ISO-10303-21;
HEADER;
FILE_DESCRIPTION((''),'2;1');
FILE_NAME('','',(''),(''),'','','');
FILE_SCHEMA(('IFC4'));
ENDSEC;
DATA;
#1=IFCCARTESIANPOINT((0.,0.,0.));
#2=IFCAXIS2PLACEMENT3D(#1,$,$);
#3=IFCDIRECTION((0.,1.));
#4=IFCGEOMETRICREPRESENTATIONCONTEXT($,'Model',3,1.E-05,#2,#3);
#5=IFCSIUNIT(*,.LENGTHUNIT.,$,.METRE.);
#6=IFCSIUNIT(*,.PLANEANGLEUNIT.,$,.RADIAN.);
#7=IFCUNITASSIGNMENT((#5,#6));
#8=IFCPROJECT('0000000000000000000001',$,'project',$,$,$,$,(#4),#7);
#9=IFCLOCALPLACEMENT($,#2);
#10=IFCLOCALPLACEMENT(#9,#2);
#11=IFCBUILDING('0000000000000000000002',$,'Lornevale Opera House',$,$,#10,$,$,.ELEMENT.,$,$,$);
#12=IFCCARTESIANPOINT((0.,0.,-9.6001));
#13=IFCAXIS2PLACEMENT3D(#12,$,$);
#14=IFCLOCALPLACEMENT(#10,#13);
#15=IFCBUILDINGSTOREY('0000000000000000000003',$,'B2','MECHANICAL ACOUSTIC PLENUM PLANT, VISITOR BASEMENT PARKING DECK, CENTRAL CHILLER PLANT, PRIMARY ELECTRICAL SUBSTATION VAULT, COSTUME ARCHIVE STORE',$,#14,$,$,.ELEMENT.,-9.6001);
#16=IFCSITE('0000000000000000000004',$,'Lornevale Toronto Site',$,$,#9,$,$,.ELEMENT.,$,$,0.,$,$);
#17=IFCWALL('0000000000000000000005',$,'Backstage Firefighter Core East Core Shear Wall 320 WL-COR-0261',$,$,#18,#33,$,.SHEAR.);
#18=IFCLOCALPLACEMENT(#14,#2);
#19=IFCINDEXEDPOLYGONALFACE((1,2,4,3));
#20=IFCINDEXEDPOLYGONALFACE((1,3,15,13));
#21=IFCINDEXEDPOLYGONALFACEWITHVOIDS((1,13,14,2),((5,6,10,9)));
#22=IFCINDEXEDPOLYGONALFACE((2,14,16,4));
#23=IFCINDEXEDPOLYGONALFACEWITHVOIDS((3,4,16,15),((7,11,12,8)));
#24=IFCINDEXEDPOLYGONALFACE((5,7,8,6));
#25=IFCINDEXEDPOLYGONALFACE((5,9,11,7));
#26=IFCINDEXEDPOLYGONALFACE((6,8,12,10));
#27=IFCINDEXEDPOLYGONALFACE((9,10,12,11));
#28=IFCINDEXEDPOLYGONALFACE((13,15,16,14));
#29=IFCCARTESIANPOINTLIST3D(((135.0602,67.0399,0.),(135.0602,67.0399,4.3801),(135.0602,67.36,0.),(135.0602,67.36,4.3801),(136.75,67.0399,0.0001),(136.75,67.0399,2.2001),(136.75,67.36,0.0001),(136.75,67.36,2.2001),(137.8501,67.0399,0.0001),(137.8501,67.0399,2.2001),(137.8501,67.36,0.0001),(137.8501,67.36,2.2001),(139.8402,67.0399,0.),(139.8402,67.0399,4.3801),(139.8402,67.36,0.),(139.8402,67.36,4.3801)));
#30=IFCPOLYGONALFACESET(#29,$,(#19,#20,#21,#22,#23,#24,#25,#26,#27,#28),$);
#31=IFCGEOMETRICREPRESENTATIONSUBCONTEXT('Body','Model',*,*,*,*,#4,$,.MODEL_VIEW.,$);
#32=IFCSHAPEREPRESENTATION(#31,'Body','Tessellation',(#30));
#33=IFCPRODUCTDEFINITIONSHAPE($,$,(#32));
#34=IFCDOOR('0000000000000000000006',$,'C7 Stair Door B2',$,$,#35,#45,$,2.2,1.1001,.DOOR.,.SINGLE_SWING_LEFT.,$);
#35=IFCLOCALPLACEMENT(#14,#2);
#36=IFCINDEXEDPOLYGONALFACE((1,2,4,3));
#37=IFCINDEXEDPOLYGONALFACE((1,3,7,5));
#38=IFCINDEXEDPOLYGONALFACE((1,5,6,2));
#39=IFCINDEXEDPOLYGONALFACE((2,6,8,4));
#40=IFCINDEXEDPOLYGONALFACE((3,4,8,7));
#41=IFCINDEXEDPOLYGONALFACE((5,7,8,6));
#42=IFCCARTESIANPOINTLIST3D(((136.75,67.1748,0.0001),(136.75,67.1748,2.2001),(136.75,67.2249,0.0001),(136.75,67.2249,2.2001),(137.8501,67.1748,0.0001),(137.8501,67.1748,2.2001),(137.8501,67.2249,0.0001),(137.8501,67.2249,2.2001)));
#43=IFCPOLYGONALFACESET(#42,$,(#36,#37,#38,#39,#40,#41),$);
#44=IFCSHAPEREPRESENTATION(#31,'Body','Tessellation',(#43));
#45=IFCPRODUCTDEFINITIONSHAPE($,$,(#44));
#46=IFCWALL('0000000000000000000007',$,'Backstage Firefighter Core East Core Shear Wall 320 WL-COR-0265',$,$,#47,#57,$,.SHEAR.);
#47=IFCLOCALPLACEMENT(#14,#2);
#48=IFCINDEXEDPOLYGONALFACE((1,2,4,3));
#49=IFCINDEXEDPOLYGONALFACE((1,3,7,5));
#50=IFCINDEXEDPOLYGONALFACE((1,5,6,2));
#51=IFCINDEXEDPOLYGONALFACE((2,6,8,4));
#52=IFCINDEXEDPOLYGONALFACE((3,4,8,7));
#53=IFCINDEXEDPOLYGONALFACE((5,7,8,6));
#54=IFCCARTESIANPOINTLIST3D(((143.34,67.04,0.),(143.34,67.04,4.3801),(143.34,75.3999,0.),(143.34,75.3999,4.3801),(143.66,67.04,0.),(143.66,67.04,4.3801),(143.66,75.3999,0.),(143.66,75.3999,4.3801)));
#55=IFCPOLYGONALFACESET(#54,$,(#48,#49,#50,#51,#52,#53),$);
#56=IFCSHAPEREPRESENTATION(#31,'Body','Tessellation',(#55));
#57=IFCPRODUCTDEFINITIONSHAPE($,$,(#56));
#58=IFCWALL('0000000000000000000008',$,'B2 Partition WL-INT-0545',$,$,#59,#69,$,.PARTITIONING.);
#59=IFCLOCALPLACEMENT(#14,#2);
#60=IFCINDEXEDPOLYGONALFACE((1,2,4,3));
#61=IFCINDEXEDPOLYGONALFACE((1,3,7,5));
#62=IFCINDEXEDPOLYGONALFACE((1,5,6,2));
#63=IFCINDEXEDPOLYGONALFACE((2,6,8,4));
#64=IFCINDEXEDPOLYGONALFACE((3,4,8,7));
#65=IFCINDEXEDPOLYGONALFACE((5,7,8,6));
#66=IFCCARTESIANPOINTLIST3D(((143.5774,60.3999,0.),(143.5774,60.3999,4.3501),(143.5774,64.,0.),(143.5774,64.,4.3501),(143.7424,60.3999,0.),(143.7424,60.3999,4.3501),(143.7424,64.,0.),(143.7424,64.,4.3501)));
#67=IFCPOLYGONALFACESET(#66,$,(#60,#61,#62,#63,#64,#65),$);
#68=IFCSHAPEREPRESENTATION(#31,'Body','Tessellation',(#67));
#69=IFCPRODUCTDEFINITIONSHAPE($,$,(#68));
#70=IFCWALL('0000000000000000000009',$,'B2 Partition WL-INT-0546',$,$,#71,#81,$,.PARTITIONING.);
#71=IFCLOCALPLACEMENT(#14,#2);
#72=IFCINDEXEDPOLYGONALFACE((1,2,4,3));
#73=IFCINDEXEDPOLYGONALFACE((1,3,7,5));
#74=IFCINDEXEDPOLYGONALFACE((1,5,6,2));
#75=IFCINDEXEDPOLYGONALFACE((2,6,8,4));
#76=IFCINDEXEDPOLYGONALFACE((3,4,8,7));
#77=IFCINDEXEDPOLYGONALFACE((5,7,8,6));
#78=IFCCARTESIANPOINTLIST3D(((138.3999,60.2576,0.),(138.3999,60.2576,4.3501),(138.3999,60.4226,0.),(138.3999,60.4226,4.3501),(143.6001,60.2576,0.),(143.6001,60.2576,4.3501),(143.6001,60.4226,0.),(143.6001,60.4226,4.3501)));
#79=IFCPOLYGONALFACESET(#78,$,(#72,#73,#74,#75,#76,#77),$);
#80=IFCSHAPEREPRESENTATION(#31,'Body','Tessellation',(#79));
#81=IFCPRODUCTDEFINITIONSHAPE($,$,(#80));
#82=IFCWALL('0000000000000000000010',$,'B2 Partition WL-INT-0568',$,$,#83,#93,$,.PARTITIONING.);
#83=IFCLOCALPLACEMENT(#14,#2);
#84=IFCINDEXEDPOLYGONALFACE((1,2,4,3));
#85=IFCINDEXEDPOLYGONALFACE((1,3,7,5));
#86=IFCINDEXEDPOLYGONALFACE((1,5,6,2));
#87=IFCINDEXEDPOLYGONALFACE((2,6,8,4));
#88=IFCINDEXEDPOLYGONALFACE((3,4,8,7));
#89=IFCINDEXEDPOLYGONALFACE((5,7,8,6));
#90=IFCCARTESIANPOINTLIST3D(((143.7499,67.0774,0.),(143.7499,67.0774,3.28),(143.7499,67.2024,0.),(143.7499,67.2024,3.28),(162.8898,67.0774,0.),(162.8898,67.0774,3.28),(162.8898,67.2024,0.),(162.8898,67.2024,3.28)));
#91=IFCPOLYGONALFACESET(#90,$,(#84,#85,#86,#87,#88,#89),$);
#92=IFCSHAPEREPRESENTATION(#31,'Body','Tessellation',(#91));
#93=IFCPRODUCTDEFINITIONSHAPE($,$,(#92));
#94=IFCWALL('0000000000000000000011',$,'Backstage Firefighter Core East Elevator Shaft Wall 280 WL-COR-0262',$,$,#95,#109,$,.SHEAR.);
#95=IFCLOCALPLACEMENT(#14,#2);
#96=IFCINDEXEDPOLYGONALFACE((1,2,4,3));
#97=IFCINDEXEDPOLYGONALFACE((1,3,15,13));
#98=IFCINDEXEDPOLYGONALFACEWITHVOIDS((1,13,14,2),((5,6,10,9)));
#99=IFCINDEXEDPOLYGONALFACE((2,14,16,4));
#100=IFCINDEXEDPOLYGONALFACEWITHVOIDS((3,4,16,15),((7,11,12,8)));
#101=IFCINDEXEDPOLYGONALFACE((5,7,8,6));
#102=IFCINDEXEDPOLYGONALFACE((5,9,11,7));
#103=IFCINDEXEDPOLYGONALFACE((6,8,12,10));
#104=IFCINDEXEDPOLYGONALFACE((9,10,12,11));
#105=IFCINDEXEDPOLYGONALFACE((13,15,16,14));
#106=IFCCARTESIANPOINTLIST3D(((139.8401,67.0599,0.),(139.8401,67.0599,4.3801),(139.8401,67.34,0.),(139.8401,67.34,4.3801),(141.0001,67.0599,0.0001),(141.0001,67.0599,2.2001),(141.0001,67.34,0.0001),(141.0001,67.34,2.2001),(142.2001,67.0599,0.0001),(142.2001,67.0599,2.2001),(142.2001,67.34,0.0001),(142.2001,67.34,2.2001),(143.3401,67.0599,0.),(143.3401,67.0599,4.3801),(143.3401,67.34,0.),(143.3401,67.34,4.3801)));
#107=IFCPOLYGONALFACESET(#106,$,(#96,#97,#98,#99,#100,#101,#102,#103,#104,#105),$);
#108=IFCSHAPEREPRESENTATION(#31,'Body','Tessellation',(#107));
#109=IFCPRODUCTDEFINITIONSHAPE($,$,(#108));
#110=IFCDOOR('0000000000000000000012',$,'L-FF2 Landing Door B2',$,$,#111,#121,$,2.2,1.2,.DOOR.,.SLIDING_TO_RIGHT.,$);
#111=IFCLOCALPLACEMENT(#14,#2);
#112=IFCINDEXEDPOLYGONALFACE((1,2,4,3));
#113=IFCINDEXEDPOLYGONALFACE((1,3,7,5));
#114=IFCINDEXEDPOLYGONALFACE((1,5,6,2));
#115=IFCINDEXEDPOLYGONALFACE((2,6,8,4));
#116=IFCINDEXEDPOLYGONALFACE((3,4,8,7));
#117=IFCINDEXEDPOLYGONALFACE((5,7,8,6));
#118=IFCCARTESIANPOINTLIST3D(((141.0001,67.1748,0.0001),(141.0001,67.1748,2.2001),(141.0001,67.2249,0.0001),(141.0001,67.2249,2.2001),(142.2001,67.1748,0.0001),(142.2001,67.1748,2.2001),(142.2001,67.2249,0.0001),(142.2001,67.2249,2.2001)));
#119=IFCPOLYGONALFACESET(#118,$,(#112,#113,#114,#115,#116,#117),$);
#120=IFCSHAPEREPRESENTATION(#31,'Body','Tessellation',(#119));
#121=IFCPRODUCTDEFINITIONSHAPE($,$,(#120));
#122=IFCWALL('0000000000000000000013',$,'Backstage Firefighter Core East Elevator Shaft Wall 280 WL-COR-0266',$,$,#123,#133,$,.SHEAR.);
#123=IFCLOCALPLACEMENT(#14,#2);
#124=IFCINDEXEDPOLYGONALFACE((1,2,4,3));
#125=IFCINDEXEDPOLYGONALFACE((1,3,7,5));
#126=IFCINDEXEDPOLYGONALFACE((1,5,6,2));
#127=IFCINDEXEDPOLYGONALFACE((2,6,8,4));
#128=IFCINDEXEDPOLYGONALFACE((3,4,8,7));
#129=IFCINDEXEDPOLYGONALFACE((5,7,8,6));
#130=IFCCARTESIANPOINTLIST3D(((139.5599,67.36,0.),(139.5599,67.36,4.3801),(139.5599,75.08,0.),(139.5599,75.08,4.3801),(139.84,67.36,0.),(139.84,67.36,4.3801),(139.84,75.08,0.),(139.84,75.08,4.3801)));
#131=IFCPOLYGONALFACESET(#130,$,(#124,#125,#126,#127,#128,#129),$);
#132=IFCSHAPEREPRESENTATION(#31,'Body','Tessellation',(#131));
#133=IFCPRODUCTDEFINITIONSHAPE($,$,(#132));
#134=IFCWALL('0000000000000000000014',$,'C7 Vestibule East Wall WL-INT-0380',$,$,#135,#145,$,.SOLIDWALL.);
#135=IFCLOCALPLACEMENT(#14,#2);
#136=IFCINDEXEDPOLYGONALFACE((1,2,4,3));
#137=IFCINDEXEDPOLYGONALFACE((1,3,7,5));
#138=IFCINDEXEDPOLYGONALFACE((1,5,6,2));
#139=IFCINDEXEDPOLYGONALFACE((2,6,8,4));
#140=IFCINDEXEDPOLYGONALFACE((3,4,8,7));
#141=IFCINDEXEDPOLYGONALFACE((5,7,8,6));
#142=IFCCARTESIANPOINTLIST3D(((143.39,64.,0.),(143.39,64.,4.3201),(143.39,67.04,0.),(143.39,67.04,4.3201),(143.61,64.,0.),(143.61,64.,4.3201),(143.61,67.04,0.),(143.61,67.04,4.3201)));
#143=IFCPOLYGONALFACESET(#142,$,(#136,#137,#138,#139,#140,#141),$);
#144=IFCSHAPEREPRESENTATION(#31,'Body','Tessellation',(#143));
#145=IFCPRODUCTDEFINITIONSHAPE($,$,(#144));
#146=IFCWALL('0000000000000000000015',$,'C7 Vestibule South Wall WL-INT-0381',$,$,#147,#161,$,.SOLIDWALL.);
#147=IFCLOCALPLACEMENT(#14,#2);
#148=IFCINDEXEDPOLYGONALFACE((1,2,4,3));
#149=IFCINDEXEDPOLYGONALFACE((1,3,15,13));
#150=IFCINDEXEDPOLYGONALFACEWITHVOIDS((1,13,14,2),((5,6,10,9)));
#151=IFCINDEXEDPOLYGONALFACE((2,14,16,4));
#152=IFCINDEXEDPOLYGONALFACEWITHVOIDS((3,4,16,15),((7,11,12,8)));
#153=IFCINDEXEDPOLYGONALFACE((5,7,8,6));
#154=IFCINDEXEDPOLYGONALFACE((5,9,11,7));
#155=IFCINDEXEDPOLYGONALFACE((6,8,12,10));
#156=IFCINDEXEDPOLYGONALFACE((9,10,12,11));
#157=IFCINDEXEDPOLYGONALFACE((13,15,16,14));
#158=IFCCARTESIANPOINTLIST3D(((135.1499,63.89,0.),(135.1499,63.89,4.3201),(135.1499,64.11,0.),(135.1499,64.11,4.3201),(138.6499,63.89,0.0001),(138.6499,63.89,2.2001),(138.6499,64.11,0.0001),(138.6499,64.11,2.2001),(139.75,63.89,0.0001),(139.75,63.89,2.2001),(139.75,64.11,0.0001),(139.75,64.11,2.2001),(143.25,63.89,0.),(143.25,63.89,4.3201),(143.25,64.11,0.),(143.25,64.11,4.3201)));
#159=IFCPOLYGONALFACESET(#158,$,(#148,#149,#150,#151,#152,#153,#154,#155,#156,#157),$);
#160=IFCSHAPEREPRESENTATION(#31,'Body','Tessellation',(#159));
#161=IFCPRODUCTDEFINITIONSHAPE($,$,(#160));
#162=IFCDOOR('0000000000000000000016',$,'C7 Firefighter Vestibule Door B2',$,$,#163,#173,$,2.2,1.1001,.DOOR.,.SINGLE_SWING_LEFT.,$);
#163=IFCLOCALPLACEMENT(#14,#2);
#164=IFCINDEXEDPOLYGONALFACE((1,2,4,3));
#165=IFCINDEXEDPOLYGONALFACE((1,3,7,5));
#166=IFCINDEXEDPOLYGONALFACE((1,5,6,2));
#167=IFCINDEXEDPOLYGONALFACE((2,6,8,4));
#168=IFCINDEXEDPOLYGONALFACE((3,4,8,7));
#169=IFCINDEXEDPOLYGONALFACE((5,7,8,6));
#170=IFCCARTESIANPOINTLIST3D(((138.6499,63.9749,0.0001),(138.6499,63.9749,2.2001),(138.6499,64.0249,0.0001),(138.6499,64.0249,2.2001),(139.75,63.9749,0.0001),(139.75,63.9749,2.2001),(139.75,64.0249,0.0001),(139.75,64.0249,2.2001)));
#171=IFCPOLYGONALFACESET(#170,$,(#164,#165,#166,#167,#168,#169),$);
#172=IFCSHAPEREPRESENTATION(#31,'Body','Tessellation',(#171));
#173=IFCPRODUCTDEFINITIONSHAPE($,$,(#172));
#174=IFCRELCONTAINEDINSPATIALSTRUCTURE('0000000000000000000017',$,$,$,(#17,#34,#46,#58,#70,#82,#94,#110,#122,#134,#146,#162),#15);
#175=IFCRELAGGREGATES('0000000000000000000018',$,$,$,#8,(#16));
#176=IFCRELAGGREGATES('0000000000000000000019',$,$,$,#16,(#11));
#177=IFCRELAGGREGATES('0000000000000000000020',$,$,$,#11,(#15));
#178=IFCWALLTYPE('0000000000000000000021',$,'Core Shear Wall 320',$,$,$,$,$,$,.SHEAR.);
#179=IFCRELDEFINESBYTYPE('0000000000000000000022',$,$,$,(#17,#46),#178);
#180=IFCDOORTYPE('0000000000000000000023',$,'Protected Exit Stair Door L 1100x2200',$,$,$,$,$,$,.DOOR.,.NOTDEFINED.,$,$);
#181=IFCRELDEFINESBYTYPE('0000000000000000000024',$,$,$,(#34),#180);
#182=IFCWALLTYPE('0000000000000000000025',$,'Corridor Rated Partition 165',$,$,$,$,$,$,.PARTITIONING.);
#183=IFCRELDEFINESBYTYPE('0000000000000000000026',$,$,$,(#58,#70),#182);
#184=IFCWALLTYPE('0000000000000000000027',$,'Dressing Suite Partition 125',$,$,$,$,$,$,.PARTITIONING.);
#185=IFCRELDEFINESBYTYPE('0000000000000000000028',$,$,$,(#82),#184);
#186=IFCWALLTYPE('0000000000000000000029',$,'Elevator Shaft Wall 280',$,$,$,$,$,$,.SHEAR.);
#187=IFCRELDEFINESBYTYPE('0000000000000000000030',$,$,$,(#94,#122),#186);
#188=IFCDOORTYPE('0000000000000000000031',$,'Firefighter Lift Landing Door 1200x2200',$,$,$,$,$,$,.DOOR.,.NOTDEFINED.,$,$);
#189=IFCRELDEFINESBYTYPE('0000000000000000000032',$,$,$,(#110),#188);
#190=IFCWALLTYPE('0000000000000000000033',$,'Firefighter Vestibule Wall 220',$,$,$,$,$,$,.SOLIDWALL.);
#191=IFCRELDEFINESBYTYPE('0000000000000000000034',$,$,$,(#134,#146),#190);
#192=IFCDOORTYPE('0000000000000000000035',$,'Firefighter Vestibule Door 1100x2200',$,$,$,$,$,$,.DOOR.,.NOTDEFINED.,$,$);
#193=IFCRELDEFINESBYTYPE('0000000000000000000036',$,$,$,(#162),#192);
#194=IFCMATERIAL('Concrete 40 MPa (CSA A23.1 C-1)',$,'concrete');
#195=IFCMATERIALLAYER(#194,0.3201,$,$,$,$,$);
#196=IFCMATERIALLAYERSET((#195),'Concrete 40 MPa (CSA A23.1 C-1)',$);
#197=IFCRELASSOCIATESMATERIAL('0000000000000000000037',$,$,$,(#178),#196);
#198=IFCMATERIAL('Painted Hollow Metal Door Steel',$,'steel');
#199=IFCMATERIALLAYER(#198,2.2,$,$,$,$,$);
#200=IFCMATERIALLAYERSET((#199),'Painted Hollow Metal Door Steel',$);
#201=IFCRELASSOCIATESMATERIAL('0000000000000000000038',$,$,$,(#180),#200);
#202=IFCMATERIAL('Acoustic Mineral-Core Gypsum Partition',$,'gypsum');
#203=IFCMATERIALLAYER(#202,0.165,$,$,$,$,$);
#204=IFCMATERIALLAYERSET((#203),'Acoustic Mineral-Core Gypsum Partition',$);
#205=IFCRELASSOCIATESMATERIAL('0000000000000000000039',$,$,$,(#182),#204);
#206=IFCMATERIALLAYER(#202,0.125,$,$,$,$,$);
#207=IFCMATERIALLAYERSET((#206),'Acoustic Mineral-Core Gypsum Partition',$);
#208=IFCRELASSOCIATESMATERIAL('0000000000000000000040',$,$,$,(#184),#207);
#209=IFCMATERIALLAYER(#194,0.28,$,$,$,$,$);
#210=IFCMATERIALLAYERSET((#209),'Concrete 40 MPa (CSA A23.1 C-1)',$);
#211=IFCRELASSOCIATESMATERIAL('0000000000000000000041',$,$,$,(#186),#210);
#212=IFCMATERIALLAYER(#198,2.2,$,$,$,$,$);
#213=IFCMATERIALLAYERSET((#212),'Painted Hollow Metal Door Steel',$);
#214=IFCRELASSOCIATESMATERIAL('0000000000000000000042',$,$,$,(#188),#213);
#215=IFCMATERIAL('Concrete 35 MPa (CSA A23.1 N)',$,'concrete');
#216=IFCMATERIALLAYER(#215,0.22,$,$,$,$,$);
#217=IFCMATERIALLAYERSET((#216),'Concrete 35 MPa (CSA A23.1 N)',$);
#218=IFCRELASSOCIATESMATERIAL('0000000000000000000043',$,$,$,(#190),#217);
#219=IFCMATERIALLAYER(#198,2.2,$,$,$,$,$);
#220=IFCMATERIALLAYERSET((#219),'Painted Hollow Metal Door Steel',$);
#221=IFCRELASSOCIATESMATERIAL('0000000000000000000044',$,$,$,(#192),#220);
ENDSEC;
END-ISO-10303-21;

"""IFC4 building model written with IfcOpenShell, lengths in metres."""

from ifc_helpers import new_model, si_unit, direction, frame, frame_2d, origin, place, context, subcontext, project, spatial, rectangle, extrude, material, layer, layer_set, type_object, element, fill, save


model = new_model("IFC4")

# Units and contexts
model_context = context("Model", 3, precision=1e-05, world=origin(), true_north=direction((0.0, 1.0)))
body_context = subcontext(model_context, "Body", "Model", "MODEL_VIEW")
ifc_project = project(units=[si_unit("LENGTHUNIT", "METRE"), si_unit("PLANEANGLEUNIT", "RADIAN")], contexts=[model_context])

# Site, building, storey
site_placement = place(None, origin())
site = spatial("IfcSite", under=ifc_project, at=site_placement, Name="Lornevale Toronto Site", CompositionType="ELEMENT", RefElevation=0.0)
building_placement = place(site_placement, origin())
building = spatial("IfcBuilding", under=site, at=building_placement, Name="Lornevale Opera House", CompositionType="ELEMENT")
storey_placement = place(building_placement, frame((0.0, 0.0, -9.6001)))
storey = spatial("IfcBuildingStorey", under=building, at=storey_placement, Name="B2", Description="MECHANICAL ACOUSTIC PLENUM PLANT, VISITOR BASEMENT PARKING DECK, CENTRAL CHILLER PLANT, PRIMARY ELECTRICAL SUBSTATION VAULT, COSTUME ARCHIVE STORE", CompositionType="ELEMENT", Elevation=-9.6001)

# Shared definitions
ifc_material_1 = material(Name="Concrete 35 MPa (CSA A23.1 N)", Category="concrete")

# Shared definitions
ifc_material_2 = material(Name="Concrete 40 MPa (CSA A23.1 C-1)", Category="concrete")

# Wall, opening, door
ifc_layer_1 = layer(ifc_material_2, 0.3201)
ifc_layer_set_1 = layer_set([ifc_layer_1], Name="Concrete 40 MPa (CSA A23.1 C-1)")
wall_type_1 = type_object("IfcWallType", Name="Core Shear Wall 320", PredefinedType="SHEAR", material=ifc_layer_set_1)
wall_1_placement = place(storey_placement, frame((135.0601, 67.2, 0.0), z_axis=(0.0, 0.0, 1.0), x_axis=(1.0, 0.0, 0.0)))
wall_1 = element("IfcWall", 1, at=wall_1_placement, inside=storey, type_object=wall_type_1, Name="Backstage Firefighter Core East Core Shear Wall 320 WL-COR-0261", PredefinedType="SHEAR", context=body_context, shape_type="SweptSolid", body=[
    extrude(rectangle(XDim=4.78, YDim=0.3201, at=frame_2d((2.3901, 0.0))), origin(), (0.0, 0.0, 1.0), 4.3801),
])
opening_1_placement = place(wall_1_placement, frame((1.6899, 0.0, 0.0)))
opening_1 = element("IfcOpeningElement", 2, at=opening_1_placement, cuts=wall_1, PredefinedType="OPENING", context=body_context, shape_type="SweptSolid", body=[
    extrude(rectangle(XDim=1.1001, YDim=2.2, at=frame_2d((0.55, 1.1001))), frame((0.0, 0.1699, 0.0), z_axis=(0.0, -1.0, 0.0), x_axis=(1.0, 0.0, 0.0)), (0.0, 0.0, 1.0), 0.3401),
])
ifc_material_3 = material(Name="Painted Hollow Metal Door Steel", Category="steel")
ifc_layer_2 = layer(ifc_material_3, 2.2)
ifc_layer_set_2 = layer_set([ifc_layer_2], Name="Painted Hollow Metal Door Steel")
door_type_1 = type_object("IfcDoorType", Name="Protected Exit Stair Door L 1100x2200", OperationType="NOTDEFINED", PredefinedType="DOOR", material=ifc_layer_set_2)
door_1_placement = place(opening_1_placement, origin())
door_1 = element("IfcDoor", 3, at=door_1_placement, inside=storey, type_object=door_type_1, Name="C7 Stair Door B2", OperationType="SINGLE_SWING_LEFT", OverallHeight=2.2, OverallWidth=1.1001, PredefinedType="DOOR", context=body_context, shape_type="SweptSolid", body=[
    extrude(rectangle(XDim=1.1001, YDim=2.2, at=frame_2d((0.55, 1.1001))), frame((0.0, 0.0249, 0.0), z_axis=(0.0, -1.0, 0.0), x_axis=(1.0, 0.0, 0.0)), (0.0, 0.0, 1.0), 0.05),
])
fill(opening_1, door_1)

# Walls
wall_2_placement = place(storey_placement, frame((143.5, 67.04, 0.0), z_axis=(0.0, 0.0, 1.0), x_axis=(0.0, 1.0, 0.0)))
element("IfcWall", 4, at=wall_2_placement, inside=storey, type_object=wall_type_1, Name="Backstage Firefighter Core East Core Shear Wall 320 WL-COR-0265", PredefinedType="SHEAR", context=body_context, shape_type="SweptSolid", body=[
    extrude(rectangle(XDim=8.3599, YDim=0.3201, at=frame_2d((4.1799, 0.0))), origin(), (0.0, 0.0, 1.0), 4.3801),
])
ifc_material_4 = material(Name="Acoustic Mineral-Core Gypsum Partition", Category="gypsum")
ifc_layer_3 = layer(ifc_material_4, 0.165)
ifc_layer_set_3 = layer_set([ifc_layer_3], Name="Acoustic Mineral-Core Gypsum Partition")
wall_type_2 = type_object("IfcWallType", Name="Corridor Rated Partition 165", PredefinedType="PARTITIONING", material=ifc_layer_set_3)
wall_3_placement = place(storey_placement, frame((143.6599, 60.3999, 0.0), z_axis=(0.0, 0.0, 1.0), x_axis=(0.0, 1.0, 0.0)))
element("IfcWall", 5, at=wall_3_placement, inside=storey, type_object=wall_type_2, Name="B2 Partition WL-INT-0545", PredefinedType="PARTITIONING", context=body_context, shape_type="SweptSolid", body=[
    extrude(rectangle(XDim=3.6001, YDim=0.165, at=frame_2d((1.8, 0.0))), origin(), (0.0, 0.0, 1.0), 4.3501),
])
wall_4_placement = place(storey_placement, frame((138.3999, 60.3401, 0.0), z_axis=(0.0, 0.0, 1.0), x_axis=(1.0, 0.0, 0.0)))
element("IfcWall", 6, at=wall_4_placement, inside=storey, type_object=wall_type_2, Name="B2 Partition WL-INT-0546", PredefinedType="PARTITIONING", context=body_context, shape_type="SweptSolid", body=[
    extrude(rectangle(XDim=5.2002, YDim=0.165, at=frame_2d((2.6001, 0.0))), origin(), (0.0, 0.0, 1.0), 4.3501),
])
ifc_layer_4 = layer(ifc_material_4, 0.125)
ifc_layer_set_4 = layer_set([ifc_layer_4], Name="Acoustic Mineral-Core Gypsum Partition")
wall_type_3 = type_object("IfcWallType", Name="Dressing Suite Partition 125", PredefinedType="PARTITIONING", material=ifc_layer_set_4)
wall_5_placement = place(storey_placement, frame((143.75, 67.1399, 0.0), z_axis=(0.0, 0.0, 1.0), x_axis=(1.0, 0.0, 0.0)))
element("IfcWall", 7, at=wall_5_placement, inside=storey, type_object=wall_type_3, Name="B2 Partition WL-INT-0568", PredefinedType="PARTITIONING", context=body_context, shape_type="SweptSolid", body=[
    extrude(rectangle(XDim=19.1399, YDim=0.125, at=frame_2d((9.5698, 0.0))), origin(), (0.0, 0.0, 1.0), 3.28),
])

# Wall, opening, door
ifc_layer_5 = layer(ifc_material_2, 0.28)
ifc_layer_set_5 = layer_set([ifc_layer_5], Name="Concrete 40 MPa (CSA A23.1 C-1)")
wall_type_4 = type_object("IfcWallType", Name="Elevator Shaft Wall 280", PredefinedType="SHEAR", material=ifc_layer_set_5)
wall_6_placement = place(storey_placement, frame((139.8401, 67.2, 0.0), z_axis=(0.0, 0.0, 1.0), x_axis=(1.0, 0.0, 0.0)))
wall_6 = element("IfcWall", 8, at=wall_6_placement, inside=storey, type_object=wall_type_4, Name="Backstage Firefighter Core East Elevator Shaft Wall 280 WL-COR-0262", PredefinedType="SHEAR", context=body_context, shape_type="SweptSolid", body=[
    extrude(rectangle(XDim=3.5, YDim=0.28, at=frame_2d((1.75, 0.0))), origin(), (0.0, 0.0, 1.0), 4.3801),
])
opening_2_placement = place(wall_6_placement, frame((1.1599, 0.0, 0.0)))
opening_2 = element("IfcOpeningElement", 9, at=opening_2_placement, cuts=wall_6, PredefinedType="OPENING", context=body_context, shape_type="SweptSolid", body=[
    extrude(rectangle(XDim=1.2, YDim=2.2, at=frame_2d((0.6001, 1.1001))), frame((0.0, 0.1499, 0.0), z_axis=(0.0, -1.0, 0.0), x_axis=(1.0, 0.0, 0.0)), (0.0, 0.0, 1.0), 0.3),
])
ifc_layer_6 = layer(ifc_material_3, 2.2)
ifc_layer_set_6 = layer_set([ifc_layer_6], Name="Painted Hollow Metal Door Steel")
door_type_2 = type_object("IfcDoorType", Name="Firefighter Lift Landing Door 1200x2200", OperationType="NOTDEFINED", PredefinedType="DOOR", material=ifc_layer_set_6)
door_2_placement = place(opening_2_placement, origin())
door_2 = element("IfcDoor", 10, at=door_2_placement, inside=storey, type_object=door_type_2, Name="L-FF2 Landing Door B2", OperationType="SLIDING_TO_RIGHT", OverallHeight=2.2, OverallWidth=1.2, PredefinedType="DOOR", context=body_context, shape_type="SweptSolid", body=[
    extrude(rectangle(XDim=1.2, YDim=2.2, at=frame_2d((0.6001, 1.1001))), frame((0.0, 0.0249, 0.0), z_axis=(0.0, -1.0, 0.0), x_axis=(1.0, 0.0, 0.0)), (0.0, 0.0, 1.0), 0.05),
])
fill(opening_2, door_2)

# Walls
wall_7_placement = place(storey_placement, frame((139.7, 67.3601, 0.0), z_axis=(0.0, 0.0, 1.0), x_axis=(0.0, 1.0, 0.0)))
element("IfcWall", 11, at=wall_7_placement, inside=storey, type_object=wall_type_4, Name="Backstage Firefighter Core East Elevator Shaft Wall 280 WL-COR-0266", PredefinedType="SHEAR", context=body_context, shape_type="SweptSolid", body=[
    extrude(rectangle(XDim=7.72, YDim=0.28, at=frame_2d((3.8599, 0.0))), origin(), (0.0, 0.0, 1.0), 4.3801),
])
ifc_layer_7 = layer(ifc_material_1, 0.22)
ifc_layer_set_7 = layer_set([ifc_layer_7], Name="Concrete 35 MPa (CSA A23.1 N)")
wall_type_5 = type_object("IfcWallType", Name="Firefighter Vestibule Wall 220", PredefinedType="SOLIDWALL", material=ifc_layer_set_7)
wall_8_placement = place(storey_placement, frame((143.5, 64.0, 0.0), z_axis=(0.0, 0.0, 1.0), x_axis=(0.0, 1.0, 0.0)))
element("IfcWall", 12, at=wall_8_placement, inside=storey, type_object=wall_type_5, Name="C7 Vestibule East Wall WL-INT-0380", PredefinedType="SOLIDWALL", context=body_context, shape_type="SweptSolid", body=[
    extrude(rectangle(XDim=3.04, YDim=0.22, at=frame_2d((1.52, 0.0))), origin(), (0.0, 0.0, 1.0), 4.3201),
])

# Wall, opening, door
wall_9_placement = place(storey_placement, frame((135.1499, 64.0, 0.0), z_axis=(0.0, 0.0, 1.0), x_axis=(1.0, 0.0, 0.0)))
wall_9 = element("IfcWall", 13, at=wall_9_placement, inside=storey, type_object=wall_type_5, Name="C7 Vestibule South Wall WL-INT-0381", PredefinedType="SOLIDWALL", context=body_context, shape_type="SweptSolid", body=[
    extrude(rectangle(XDim=8.1001, YDim=0.22, at=frame_2d((4.05, 0.0))), origin(), (0.0, 0.0, 1.0), 4.3201),
])
opening_3_placement = place(wall_9_placement, frame((3.5, 0.0, 0.0)))
opening_3 = element("IfcOpeningElement", 14, at=opening_3_placement, cuts=wall_9, PredefinedType="OPENING", context=body_context, shape_type="SweptSolid", body=[
    extrude(rectangle(XDim=1.1001, YDim=2.2, at=frame_2d((0.55, 1.1001))), frame((0.0, 0.1199, 0.0), z_axis=(0.0, -1.0, 0.0), x_axis=(1.0, 0.0, 0.0)), (0.0, 0.0, 1.0), 0.24),
])
ifc_layer_8 = layer(ifc_material_3, 2.2)
ifc_layer_set_8 = layer_set([ifc_layer_8], Name="Painted Hollow Metal Door Steel")
door_type_3 = type_object("IfcDoorType", Name="Firefighter Vestibule Door 1100x2200", OperationType="NOTDEFINED", PredefinedType="DOOR", material=ifc_layer_set_8)
door_3_placement = place(opening_3_placement, origin())
door_3 = element("IfcDoor", 15, at=door_3_placement, inside=storey, type_object=door_type_3, Name="C7 Firefighter Vestibule Door B2", OperationType="SINGLE_SWING_LEFT", OverallHeight=2.2, OverallWidth=1.1001, PredefinedType="DOOR", context=body_context, shape_type="SweptSolid", body=[
    extrude(rectangle(XDim=1.1001, YDim=2.2, at=frame_2d((0.55, 1.1001))), frame((0.0, 0.0249, 0.0), z_axis=(0.0, -1.0, 0.0), x_axis=(1.0, 0.0, 0.0)), (0.0, 0.0, 1.0), 0.05),
])
fill(opening_3, door_3)

save(model, "model.ifc")
